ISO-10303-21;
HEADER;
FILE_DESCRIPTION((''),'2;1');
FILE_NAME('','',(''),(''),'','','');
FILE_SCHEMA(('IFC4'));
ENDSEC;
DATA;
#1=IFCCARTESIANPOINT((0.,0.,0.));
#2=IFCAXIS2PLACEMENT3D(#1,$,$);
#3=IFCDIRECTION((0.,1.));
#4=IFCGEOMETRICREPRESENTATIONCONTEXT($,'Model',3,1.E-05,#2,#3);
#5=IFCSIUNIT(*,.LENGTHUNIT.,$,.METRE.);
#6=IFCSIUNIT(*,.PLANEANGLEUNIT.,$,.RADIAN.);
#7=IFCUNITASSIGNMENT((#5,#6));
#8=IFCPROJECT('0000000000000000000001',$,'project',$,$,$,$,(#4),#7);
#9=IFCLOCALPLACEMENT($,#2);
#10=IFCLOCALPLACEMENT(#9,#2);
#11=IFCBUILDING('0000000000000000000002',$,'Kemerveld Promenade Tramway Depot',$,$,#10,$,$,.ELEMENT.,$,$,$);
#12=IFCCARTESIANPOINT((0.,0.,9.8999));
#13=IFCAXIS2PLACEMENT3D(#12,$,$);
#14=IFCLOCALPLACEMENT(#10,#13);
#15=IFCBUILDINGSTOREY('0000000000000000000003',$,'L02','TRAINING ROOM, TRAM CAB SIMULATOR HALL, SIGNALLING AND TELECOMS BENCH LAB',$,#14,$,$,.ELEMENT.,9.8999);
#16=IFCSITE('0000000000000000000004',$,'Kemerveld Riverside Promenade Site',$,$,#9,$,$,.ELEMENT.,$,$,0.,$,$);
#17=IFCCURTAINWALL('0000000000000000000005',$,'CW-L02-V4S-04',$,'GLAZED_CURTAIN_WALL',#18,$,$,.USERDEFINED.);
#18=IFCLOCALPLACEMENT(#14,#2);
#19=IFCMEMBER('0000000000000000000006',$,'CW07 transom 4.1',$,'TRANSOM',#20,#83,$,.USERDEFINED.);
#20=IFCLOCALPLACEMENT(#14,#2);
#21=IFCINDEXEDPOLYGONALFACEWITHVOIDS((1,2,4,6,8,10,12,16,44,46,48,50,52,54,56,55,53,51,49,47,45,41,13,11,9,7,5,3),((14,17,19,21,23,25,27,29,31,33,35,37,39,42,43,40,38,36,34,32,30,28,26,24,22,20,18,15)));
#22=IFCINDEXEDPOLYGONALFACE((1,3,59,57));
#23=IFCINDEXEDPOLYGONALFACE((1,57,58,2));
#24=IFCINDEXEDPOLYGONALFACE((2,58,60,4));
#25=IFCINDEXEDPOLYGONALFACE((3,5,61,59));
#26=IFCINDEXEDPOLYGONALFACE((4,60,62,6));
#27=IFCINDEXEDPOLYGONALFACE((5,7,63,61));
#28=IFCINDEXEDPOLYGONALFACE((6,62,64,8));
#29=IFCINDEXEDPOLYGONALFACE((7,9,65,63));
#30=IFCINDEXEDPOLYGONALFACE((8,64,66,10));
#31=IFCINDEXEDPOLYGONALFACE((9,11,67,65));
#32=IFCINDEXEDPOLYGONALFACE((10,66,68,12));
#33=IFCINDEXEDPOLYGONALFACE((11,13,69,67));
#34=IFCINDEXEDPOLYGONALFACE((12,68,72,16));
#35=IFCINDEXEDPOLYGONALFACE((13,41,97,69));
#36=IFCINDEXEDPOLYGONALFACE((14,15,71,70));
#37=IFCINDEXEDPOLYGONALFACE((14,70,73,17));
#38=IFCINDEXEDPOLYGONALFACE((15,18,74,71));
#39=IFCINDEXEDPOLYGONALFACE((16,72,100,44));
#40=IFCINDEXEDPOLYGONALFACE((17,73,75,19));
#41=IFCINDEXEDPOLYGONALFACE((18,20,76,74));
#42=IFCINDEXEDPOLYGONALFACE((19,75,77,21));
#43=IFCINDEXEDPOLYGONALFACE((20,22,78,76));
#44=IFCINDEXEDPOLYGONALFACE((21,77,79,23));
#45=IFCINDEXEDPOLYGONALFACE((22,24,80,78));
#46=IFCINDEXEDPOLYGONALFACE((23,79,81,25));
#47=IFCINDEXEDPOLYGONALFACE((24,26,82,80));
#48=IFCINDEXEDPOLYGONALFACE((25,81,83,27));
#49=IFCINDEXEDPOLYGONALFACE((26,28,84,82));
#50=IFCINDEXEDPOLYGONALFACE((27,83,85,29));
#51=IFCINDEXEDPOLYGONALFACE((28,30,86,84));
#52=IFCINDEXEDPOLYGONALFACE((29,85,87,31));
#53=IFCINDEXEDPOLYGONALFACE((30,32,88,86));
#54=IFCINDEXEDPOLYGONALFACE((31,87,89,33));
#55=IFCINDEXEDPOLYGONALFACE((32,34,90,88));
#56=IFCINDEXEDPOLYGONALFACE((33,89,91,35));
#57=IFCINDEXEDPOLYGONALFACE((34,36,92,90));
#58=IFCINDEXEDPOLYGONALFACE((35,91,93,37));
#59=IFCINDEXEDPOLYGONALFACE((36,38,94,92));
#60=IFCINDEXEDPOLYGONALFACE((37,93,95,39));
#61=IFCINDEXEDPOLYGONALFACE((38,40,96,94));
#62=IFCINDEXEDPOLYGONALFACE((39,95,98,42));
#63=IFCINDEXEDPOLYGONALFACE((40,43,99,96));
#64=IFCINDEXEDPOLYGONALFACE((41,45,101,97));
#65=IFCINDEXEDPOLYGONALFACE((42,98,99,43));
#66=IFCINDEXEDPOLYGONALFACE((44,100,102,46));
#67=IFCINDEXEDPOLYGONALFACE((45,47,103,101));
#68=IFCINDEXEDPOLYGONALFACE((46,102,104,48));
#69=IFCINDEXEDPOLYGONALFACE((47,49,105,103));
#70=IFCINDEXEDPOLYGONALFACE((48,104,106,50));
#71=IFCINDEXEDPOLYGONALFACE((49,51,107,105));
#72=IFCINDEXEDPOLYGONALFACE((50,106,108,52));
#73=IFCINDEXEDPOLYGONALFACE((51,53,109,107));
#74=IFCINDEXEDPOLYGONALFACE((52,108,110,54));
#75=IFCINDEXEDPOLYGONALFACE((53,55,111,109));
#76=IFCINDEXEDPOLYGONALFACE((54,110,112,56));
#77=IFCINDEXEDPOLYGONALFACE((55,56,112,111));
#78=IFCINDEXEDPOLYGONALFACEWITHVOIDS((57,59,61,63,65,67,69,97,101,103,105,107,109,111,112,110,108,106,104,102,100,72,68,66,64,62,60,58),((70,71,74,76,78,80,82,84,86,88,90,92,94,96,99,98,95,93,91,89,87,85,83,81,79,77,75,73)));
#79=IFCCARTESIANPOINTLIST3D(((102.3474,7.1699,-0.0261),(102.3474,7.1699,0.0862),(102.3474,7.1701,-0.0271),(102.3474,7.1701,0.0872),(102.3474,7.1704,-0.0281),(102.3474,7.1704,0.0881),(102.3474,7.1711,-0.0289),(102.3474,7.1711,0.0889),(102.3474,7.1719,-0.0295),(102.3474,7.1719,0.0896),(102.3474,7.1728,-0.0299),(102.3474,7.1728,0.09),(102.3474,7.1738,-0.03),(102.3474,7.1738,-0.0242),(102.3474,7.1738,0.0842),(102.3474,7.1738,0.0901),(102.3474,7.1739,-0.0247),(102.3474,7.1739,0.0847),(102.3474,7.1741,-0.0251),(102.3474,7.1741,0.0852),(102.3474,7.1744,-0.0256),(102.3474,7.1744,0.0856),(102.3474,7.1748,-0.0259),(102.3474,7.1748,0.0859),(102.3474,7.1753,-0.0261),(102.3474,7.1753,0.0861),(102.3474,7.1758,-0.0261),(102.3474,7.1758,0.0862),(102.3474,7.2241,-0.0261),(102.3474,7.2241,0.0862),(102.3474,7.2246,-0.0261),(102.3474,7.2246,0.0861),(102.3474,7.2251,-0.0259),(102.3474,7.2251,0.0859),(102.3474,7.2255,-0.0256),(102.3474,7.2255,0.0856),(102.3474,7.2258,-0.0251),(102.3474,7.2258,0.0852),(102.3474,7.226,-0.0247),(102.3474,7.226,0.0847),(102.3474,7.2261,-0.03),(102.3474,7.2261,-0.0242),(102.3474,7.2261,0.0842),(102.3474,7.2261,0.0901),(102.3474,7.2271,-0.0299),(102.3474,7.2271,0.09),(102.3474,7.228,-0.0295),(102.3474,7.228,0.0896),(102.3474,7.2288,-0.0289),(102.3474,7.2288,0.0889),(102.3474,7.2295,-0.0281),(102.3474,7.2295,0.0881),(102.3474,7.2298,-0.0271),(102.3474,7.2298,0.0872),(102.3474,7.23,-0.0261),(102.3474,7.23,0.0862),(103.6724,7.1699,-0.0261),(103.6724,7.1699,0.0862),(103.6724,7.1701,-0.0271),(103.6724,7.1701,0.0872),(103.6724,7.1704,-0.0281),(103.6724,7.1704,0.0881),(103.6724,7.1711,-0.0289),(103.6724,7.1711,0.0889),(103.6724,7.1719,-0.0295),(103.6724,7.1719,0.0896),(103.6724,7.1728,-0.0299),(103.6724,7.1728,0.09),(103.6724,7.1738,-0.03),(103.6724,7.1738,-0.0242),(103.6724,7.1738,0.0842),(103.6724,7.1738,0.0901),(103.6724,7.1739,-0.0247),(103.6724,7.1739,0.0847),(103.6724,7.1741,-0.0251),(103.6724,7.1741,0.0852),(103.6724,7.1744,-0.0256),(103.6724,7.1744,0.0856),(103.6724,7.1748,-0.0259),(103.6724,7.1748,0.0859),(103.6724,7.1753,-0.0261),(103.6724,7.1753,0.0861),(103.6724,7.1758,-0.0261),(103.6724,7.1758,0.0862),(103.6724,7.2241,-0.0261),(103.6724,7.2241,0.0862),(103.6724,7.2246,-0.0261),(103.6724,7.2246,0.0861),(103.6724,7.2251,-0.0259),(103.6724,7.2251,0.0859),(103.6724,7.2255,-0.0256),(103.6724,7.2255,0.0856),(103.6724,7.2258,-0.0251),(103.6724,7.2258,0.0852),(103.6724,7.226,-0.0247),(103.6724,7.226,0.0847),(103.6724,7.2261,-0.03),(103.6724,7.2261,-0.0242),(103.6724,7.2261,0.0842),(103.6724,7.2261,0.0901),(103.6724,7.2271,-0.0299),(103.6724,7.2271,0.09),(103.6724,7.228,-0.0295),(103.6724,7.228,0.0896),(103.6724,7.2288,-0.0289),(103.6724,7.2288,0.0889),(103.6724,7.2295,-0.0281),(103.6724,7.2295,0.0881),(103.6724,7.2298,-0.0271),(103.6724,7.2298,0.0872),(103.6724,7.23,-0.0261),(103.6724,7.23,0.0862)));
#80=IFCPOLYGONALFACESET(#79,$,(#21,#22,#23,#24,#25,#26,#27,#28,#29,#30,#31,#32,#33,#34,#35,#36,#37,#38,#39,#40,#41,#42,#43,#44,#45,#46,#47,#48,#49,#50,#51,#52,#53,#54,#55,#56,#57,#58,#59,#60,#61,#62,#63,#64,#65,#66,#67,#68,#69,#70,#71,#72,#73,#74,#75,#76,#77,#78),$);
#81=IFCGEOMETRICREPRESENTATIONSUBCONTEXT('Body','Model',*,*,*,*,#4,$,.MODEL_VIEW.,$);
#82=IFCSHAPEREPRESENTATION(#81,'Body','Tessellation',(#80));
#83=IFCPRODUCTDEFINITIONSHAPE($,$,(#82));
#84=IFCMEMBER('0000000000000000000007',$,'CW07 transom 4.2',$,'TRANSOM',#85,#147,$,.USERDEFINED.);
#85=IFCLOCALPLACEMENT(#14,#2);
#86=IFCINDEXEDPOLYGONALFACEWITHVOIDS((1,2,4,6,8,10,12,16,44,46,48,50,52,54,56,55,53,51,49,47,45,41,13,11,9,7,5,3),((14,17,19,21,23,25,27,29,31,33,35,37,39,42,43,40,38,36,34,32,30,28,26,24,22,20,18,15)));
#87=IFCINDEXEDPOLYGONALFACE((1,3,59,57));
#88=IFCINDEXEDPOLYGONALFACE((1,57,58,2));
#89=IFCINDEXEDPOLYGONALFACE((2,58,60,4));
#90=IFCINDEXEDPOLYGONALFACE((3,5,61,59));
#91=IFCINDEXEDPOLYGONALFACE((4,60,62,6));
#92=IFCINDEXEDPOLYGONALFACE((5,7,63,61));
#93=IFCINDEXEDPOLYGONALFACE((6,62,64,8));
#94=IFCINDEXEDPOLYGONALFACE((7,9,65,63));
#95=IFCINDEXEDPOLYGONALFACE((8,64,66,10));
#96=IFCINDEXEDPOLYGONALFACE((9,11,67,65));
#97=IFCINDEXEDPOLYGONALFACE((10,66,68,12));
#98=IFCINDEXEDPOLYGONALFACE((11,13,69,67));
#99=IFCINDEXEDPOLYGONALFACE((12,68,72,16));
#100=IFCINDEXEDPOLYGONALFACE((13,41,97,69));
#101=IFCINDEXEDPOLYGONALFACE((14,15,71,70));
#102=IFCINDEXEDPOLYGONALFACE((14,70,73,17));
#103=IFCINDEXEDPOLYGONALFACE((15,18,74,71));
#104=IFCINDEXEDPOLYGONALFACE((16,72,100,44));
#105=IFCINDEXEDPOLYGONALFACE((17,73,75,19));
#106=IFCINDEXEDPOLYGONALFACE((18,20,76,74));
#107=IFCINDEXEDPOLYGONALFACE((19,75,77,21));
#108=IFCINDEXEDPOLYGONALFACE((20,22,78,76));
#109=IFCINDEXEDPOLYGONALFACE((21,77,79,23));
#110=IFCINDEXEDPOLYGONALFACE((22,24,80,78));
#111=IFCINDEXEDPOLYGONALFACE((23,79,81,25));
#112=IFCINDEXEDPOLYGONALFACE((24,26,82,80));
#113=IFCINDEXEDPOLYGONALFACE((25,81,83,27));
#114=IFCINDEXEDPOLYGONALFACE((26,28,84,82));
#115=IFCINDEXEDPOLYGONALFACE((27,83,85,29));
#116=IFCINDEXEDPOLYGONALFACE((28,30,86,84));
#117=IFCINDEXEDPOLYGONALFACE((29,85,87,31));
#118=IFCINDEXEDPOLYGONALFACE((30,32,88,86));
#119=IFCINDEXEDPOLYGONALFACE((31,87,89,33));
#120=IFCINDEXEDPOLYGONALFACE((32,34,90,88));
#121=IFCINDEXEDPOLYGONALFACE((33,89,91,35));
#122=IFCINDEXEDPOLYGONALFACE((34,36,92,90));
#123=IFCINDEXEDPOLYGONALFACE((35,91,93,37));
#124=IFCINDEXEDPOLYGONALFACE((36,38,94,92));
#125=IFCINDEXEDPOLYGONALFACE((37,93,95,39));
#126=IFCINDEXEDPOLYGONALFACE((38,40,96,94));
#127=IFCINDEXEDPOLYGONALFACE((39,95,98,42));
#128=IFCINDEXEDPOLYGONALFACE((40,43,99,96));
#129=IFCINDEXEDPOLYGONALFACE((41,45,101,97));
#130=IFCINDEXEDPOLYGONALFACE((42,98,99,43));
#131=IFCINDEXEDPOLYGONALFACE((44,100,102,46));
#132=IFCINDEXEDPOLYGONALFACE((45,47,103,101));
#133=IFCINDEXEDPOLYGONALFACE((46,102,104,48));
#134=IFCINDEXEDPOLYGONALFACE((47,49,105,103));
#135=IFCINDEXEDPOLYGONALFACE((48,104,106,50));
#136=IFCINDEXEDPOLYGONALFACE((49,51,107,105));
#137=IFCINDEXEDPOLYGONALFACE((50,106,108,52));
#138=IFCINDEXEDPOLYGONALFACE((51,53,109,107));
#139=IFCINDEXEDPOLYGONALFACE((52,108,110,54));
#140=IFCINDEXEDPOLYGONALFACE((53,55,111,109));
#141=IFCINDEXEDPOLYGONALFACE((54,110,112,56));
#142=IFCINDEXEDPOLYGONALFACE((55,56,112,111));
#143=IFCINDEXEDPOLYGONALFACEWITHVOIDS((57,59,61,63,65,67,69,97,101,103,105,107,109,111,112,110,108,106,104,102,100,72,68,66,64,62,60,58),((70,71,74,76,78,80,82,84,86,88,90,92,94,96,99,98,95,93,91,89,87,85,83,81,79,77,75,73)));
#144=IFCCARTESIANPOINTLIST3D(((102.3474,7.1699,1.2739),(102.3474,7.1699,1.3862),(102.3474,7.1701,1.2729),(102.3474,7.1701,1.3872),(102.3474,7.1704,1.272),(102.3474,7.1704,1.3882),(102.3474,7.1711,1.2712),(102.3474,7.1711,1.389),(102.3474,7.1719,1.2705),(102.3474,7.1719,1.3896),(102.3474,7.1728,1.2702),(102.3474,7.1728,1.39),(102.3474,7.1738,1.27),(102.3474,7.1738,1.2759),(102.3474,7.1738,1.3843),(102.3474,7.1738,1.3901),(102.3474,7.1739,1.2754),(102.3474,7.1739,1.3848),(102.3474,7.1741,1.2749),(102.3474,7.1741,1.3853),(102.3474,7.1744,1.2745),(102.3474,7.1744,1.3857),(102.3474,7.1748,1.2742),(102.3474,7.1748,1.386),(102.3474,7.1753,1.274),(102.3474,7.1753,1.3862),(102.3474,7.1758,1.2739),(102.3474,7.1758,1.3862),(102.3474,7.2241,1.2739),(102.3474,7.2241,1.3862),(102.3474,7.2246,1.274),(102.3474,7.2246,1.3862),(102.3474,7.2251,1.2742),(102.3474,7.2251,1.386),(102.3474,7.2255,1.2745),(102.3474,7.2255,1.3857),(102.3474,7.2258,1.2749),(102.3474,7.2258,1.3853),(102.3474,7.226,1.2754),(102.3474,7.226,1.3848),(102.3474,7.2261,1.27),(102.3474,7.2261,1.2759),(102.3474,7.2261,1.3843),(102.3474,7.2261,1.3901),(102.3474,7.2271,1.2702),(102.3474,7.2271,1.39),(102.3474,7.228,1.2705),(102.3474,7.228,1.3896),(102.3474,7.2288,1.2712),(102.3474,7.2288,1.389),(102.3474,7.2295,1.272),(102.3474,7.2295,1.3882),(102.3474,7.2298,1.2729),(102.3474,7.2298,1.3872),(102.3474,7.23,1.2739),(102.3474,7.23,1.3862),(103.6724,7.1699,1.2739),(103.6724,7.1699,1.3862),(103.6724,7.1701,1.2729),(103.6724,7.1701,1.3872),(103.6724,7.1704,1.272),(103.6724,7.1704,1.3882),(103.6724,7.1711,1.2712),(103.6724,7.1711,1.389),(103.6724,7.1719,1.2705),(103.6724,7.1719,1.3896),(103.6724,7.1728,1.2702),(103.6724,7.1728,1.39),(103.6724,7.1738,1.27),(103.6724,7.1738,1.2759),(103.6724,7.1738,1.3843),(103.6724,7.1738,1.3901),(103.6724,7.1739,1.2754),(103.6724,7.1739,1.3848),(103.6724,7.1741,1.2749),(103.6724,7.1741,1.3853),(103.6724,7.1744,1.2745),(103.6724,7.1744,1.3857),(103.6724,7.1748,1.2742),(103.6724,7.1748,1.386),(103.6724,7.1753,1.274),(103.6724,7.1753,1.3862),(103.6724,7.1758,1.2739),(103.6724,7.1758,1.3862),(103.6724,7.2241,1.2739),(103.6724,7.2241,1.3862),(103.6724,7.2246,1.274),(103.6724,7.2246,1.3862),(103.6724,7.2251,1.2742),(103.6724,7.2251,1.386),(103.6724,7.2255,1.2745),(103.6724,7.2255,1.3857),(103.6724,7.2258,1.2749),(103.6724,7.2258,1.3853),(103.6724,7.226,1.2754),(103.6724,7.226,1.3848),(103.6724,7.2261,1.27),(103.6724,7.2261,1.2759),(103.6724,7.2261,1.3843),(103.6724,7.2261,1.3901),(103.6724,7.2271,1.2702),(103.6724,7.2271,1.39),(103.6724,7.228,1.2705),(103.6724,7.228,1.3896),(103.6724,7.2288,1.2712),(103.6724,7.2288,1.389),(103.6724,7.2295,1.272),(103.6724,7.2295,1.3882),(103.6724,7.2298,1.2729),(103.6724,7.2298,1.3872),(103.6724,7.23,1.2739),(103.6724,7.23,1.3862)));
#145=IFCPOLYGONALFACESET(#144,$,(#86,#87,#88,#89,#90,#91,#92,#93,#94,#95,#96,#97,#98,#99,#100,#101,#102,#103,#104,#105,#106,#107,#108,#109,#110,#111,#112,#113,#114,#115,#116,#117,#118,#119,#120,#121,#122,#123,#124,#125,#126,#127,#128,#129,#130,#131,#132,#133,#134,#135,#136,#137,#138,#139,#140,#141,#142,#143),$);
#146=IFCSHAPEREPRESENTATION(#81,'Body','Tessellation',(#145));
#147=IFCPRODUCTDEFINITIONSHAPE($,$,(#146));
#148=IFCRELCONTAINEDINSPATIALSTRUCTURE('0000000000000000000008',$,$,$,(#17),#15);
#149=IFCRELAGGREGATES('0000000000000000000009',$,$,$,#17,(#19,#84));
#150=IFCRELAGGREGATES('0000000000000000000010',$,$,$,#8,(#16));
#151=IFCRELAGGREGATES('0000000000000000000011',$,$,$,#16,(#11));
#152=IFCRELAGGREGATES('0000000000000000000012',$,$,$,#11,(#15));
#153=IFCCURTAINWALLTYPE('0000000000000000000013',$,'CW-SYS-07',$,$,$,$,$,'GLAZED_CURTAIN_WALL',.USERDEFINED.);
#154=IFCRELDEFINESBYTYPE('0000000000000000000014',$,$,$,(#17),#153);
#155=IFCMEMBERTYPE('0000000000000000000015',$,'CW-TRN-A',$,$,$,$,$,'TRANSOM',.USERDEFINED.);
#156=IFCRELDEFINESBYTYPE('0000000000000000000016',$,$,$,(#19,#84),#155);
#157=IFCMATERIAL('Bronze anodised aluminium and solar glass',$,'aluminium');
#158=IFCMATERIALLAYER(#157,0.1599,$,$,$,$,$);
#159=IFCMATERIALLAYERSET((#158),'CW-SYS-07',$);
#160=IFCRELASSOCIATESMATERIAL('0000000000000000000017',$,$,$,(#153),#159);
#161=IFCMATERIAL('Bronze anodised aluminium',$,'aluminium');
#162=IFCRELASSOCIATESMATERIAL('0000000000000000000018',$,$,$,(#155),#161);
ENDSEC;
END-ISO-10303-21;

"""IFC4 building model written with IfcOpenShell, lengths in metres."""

from ifc_helpers import new_model, si_unit, direction, frame, origin, origin_2d, place, context, subcontext, project, spatial, hollow_rectangle, extrude, material, layer, layer_set, material_profile, profile_set, type_object, element, aggregate, save


model = new_model("IFC4")

# Units and contexts
model_context = context("Model", 3, precision=1e-05, world=origin(), true_north=direction((0.0, 1.0)))
body_context = subcontext(model_context, "Body", "Model", "MODEL_VIEW")
ifc_project = project(units=[si_unit("LENGTHUNIT", "METRE"), si_unit("PLANEANGLEUNIT", "RADIAN")], contexts=[model_context])

# Site, building, storey
site_placement = place(None, origin())
site = spatial("IfcSite", under=ifc_project, at=site_placement, Name="Kemerveld Riverside Promenade Site", CompositionType="ELEMENT", RefElevation=0.0)
building_placement = place(site_placement, origin())
building = spatial("IfcBuilding", under=site, at=building_placement, Name="Kemerveld Promenade Tramway Depot", CompositionType="ELEMENT")
storey_placement = place(building_placement, frame((0.0, 0.0, 9.8999)))
storey = spatial("IfcBuildingStorey", under=building, at=storey_placement, Name="L02", Description="TRAINING ROOM, TRAM CAB SIMULATOR HALL, SIGNALLING AND TELECOMS BENCH LAB", CompositionType="ELEMENT", Elevation=9.8999)

# Curtain wall, members
ifc_material_1 = material(Name="Bronze anodised aluminium and solar glass", Category="aluminium")
ifc_layer_1 = layer(ifc_material_1, 0.1599)
ifc_layer_set_1 = layer_set([ifc_layer_1], Name="CW-SYS-07")
curtain_wall_type = type_object("IfcCurtainWallType", Name="CW-SYS-07", ElementType="GLAZED_CURTAIN_WALL", PredefinedType="USERDEFINED", material=ifc_layer_set_1)
curtain_wall_placement = place(storey_placement, origin())
curtain_wall = element("IfcCurtainWall", 1, at=curtain_wall_placement, inside=storey, type_object=curtain_wall_type, Name="CW-L02-V4S-04", ObjectType="GLAZED_CURTAIN_WALL", PredefinedType="USERDEFINED")
ifc_material_2 = material(Name="Bronze anodised aluminium", Category="aluminium")
ifc_material_profile_1 = material_profile(ifc_material_2, hollow_rectangle(XDim=0.0601, YDim=0.1201, WallThickness=0.0039, InnerFilletRadius=0.002, OuterFilletRadius=0.0039, at=origin_2d()), Name="CW-TRN-120x60")
ifc_profile_set_1 = profile_set([ifc_material_profile_1], Name="Bronze anodised aluminium")
member_type_1 = type_object("IfcMemberType", Name="CW-TRN-A", ElementType="TRANSOM", PredefinedType="USERDEFINED", material=ifc_profile_set_1)
member_1_placement = place(storey_placement, frame((103.6724, 7.2, 0.03), z_axis=(-1.0, 0.0, 0.0), x_axis=(0.0, -1.0, 0.0)))
member_1 = element("IfcMember", 2, at=member_1_placement, type_object=member_type_1, Name="CW07 transom 4.1", ObjectType="TRANSOM", PredefinedType="USERDEFINED", context=body_context, shape_type="SweptSolid", body=[
    extrude(hollow_rectangle(XDim=0.0601, YDim=0.1201, WallThickness=0.0039, InnerFilletRadius=0.002, OuterFilletRadius=0.0039, at=origin_2d()), origin(), (0.0, 0.0, 1.0), 1.325),
])
member_2_placement = place(storey_placement, frame((103.6724, 7.2, 1.3301), z_axis=(-1.0, 0.0, 0.0), x_axis=(0.0, -1.0, 0.0)))
member_2 = element("IfcMember", 3, at=member_2_placement, type_object=member_type_1, Name="CW07 transom 4.2", ObjectType="TRANSOM", PredefinedType="USERDEFINED", context=body_context, shape_type="SweptSolid", body=[
    extrude(hollow_rectangle(XDim=0.0601, YDim=0.1201, WallThickness=0.0039, InnerFilletRadius=0.002, OuterFilletRadius=0.0039, at=origin_2d()), origin(), (0.0, 0.0, 1.0), 1.325),
])
aggregate(curtain_wall, [member_1, member_2])

save(model, "model.ifc")
